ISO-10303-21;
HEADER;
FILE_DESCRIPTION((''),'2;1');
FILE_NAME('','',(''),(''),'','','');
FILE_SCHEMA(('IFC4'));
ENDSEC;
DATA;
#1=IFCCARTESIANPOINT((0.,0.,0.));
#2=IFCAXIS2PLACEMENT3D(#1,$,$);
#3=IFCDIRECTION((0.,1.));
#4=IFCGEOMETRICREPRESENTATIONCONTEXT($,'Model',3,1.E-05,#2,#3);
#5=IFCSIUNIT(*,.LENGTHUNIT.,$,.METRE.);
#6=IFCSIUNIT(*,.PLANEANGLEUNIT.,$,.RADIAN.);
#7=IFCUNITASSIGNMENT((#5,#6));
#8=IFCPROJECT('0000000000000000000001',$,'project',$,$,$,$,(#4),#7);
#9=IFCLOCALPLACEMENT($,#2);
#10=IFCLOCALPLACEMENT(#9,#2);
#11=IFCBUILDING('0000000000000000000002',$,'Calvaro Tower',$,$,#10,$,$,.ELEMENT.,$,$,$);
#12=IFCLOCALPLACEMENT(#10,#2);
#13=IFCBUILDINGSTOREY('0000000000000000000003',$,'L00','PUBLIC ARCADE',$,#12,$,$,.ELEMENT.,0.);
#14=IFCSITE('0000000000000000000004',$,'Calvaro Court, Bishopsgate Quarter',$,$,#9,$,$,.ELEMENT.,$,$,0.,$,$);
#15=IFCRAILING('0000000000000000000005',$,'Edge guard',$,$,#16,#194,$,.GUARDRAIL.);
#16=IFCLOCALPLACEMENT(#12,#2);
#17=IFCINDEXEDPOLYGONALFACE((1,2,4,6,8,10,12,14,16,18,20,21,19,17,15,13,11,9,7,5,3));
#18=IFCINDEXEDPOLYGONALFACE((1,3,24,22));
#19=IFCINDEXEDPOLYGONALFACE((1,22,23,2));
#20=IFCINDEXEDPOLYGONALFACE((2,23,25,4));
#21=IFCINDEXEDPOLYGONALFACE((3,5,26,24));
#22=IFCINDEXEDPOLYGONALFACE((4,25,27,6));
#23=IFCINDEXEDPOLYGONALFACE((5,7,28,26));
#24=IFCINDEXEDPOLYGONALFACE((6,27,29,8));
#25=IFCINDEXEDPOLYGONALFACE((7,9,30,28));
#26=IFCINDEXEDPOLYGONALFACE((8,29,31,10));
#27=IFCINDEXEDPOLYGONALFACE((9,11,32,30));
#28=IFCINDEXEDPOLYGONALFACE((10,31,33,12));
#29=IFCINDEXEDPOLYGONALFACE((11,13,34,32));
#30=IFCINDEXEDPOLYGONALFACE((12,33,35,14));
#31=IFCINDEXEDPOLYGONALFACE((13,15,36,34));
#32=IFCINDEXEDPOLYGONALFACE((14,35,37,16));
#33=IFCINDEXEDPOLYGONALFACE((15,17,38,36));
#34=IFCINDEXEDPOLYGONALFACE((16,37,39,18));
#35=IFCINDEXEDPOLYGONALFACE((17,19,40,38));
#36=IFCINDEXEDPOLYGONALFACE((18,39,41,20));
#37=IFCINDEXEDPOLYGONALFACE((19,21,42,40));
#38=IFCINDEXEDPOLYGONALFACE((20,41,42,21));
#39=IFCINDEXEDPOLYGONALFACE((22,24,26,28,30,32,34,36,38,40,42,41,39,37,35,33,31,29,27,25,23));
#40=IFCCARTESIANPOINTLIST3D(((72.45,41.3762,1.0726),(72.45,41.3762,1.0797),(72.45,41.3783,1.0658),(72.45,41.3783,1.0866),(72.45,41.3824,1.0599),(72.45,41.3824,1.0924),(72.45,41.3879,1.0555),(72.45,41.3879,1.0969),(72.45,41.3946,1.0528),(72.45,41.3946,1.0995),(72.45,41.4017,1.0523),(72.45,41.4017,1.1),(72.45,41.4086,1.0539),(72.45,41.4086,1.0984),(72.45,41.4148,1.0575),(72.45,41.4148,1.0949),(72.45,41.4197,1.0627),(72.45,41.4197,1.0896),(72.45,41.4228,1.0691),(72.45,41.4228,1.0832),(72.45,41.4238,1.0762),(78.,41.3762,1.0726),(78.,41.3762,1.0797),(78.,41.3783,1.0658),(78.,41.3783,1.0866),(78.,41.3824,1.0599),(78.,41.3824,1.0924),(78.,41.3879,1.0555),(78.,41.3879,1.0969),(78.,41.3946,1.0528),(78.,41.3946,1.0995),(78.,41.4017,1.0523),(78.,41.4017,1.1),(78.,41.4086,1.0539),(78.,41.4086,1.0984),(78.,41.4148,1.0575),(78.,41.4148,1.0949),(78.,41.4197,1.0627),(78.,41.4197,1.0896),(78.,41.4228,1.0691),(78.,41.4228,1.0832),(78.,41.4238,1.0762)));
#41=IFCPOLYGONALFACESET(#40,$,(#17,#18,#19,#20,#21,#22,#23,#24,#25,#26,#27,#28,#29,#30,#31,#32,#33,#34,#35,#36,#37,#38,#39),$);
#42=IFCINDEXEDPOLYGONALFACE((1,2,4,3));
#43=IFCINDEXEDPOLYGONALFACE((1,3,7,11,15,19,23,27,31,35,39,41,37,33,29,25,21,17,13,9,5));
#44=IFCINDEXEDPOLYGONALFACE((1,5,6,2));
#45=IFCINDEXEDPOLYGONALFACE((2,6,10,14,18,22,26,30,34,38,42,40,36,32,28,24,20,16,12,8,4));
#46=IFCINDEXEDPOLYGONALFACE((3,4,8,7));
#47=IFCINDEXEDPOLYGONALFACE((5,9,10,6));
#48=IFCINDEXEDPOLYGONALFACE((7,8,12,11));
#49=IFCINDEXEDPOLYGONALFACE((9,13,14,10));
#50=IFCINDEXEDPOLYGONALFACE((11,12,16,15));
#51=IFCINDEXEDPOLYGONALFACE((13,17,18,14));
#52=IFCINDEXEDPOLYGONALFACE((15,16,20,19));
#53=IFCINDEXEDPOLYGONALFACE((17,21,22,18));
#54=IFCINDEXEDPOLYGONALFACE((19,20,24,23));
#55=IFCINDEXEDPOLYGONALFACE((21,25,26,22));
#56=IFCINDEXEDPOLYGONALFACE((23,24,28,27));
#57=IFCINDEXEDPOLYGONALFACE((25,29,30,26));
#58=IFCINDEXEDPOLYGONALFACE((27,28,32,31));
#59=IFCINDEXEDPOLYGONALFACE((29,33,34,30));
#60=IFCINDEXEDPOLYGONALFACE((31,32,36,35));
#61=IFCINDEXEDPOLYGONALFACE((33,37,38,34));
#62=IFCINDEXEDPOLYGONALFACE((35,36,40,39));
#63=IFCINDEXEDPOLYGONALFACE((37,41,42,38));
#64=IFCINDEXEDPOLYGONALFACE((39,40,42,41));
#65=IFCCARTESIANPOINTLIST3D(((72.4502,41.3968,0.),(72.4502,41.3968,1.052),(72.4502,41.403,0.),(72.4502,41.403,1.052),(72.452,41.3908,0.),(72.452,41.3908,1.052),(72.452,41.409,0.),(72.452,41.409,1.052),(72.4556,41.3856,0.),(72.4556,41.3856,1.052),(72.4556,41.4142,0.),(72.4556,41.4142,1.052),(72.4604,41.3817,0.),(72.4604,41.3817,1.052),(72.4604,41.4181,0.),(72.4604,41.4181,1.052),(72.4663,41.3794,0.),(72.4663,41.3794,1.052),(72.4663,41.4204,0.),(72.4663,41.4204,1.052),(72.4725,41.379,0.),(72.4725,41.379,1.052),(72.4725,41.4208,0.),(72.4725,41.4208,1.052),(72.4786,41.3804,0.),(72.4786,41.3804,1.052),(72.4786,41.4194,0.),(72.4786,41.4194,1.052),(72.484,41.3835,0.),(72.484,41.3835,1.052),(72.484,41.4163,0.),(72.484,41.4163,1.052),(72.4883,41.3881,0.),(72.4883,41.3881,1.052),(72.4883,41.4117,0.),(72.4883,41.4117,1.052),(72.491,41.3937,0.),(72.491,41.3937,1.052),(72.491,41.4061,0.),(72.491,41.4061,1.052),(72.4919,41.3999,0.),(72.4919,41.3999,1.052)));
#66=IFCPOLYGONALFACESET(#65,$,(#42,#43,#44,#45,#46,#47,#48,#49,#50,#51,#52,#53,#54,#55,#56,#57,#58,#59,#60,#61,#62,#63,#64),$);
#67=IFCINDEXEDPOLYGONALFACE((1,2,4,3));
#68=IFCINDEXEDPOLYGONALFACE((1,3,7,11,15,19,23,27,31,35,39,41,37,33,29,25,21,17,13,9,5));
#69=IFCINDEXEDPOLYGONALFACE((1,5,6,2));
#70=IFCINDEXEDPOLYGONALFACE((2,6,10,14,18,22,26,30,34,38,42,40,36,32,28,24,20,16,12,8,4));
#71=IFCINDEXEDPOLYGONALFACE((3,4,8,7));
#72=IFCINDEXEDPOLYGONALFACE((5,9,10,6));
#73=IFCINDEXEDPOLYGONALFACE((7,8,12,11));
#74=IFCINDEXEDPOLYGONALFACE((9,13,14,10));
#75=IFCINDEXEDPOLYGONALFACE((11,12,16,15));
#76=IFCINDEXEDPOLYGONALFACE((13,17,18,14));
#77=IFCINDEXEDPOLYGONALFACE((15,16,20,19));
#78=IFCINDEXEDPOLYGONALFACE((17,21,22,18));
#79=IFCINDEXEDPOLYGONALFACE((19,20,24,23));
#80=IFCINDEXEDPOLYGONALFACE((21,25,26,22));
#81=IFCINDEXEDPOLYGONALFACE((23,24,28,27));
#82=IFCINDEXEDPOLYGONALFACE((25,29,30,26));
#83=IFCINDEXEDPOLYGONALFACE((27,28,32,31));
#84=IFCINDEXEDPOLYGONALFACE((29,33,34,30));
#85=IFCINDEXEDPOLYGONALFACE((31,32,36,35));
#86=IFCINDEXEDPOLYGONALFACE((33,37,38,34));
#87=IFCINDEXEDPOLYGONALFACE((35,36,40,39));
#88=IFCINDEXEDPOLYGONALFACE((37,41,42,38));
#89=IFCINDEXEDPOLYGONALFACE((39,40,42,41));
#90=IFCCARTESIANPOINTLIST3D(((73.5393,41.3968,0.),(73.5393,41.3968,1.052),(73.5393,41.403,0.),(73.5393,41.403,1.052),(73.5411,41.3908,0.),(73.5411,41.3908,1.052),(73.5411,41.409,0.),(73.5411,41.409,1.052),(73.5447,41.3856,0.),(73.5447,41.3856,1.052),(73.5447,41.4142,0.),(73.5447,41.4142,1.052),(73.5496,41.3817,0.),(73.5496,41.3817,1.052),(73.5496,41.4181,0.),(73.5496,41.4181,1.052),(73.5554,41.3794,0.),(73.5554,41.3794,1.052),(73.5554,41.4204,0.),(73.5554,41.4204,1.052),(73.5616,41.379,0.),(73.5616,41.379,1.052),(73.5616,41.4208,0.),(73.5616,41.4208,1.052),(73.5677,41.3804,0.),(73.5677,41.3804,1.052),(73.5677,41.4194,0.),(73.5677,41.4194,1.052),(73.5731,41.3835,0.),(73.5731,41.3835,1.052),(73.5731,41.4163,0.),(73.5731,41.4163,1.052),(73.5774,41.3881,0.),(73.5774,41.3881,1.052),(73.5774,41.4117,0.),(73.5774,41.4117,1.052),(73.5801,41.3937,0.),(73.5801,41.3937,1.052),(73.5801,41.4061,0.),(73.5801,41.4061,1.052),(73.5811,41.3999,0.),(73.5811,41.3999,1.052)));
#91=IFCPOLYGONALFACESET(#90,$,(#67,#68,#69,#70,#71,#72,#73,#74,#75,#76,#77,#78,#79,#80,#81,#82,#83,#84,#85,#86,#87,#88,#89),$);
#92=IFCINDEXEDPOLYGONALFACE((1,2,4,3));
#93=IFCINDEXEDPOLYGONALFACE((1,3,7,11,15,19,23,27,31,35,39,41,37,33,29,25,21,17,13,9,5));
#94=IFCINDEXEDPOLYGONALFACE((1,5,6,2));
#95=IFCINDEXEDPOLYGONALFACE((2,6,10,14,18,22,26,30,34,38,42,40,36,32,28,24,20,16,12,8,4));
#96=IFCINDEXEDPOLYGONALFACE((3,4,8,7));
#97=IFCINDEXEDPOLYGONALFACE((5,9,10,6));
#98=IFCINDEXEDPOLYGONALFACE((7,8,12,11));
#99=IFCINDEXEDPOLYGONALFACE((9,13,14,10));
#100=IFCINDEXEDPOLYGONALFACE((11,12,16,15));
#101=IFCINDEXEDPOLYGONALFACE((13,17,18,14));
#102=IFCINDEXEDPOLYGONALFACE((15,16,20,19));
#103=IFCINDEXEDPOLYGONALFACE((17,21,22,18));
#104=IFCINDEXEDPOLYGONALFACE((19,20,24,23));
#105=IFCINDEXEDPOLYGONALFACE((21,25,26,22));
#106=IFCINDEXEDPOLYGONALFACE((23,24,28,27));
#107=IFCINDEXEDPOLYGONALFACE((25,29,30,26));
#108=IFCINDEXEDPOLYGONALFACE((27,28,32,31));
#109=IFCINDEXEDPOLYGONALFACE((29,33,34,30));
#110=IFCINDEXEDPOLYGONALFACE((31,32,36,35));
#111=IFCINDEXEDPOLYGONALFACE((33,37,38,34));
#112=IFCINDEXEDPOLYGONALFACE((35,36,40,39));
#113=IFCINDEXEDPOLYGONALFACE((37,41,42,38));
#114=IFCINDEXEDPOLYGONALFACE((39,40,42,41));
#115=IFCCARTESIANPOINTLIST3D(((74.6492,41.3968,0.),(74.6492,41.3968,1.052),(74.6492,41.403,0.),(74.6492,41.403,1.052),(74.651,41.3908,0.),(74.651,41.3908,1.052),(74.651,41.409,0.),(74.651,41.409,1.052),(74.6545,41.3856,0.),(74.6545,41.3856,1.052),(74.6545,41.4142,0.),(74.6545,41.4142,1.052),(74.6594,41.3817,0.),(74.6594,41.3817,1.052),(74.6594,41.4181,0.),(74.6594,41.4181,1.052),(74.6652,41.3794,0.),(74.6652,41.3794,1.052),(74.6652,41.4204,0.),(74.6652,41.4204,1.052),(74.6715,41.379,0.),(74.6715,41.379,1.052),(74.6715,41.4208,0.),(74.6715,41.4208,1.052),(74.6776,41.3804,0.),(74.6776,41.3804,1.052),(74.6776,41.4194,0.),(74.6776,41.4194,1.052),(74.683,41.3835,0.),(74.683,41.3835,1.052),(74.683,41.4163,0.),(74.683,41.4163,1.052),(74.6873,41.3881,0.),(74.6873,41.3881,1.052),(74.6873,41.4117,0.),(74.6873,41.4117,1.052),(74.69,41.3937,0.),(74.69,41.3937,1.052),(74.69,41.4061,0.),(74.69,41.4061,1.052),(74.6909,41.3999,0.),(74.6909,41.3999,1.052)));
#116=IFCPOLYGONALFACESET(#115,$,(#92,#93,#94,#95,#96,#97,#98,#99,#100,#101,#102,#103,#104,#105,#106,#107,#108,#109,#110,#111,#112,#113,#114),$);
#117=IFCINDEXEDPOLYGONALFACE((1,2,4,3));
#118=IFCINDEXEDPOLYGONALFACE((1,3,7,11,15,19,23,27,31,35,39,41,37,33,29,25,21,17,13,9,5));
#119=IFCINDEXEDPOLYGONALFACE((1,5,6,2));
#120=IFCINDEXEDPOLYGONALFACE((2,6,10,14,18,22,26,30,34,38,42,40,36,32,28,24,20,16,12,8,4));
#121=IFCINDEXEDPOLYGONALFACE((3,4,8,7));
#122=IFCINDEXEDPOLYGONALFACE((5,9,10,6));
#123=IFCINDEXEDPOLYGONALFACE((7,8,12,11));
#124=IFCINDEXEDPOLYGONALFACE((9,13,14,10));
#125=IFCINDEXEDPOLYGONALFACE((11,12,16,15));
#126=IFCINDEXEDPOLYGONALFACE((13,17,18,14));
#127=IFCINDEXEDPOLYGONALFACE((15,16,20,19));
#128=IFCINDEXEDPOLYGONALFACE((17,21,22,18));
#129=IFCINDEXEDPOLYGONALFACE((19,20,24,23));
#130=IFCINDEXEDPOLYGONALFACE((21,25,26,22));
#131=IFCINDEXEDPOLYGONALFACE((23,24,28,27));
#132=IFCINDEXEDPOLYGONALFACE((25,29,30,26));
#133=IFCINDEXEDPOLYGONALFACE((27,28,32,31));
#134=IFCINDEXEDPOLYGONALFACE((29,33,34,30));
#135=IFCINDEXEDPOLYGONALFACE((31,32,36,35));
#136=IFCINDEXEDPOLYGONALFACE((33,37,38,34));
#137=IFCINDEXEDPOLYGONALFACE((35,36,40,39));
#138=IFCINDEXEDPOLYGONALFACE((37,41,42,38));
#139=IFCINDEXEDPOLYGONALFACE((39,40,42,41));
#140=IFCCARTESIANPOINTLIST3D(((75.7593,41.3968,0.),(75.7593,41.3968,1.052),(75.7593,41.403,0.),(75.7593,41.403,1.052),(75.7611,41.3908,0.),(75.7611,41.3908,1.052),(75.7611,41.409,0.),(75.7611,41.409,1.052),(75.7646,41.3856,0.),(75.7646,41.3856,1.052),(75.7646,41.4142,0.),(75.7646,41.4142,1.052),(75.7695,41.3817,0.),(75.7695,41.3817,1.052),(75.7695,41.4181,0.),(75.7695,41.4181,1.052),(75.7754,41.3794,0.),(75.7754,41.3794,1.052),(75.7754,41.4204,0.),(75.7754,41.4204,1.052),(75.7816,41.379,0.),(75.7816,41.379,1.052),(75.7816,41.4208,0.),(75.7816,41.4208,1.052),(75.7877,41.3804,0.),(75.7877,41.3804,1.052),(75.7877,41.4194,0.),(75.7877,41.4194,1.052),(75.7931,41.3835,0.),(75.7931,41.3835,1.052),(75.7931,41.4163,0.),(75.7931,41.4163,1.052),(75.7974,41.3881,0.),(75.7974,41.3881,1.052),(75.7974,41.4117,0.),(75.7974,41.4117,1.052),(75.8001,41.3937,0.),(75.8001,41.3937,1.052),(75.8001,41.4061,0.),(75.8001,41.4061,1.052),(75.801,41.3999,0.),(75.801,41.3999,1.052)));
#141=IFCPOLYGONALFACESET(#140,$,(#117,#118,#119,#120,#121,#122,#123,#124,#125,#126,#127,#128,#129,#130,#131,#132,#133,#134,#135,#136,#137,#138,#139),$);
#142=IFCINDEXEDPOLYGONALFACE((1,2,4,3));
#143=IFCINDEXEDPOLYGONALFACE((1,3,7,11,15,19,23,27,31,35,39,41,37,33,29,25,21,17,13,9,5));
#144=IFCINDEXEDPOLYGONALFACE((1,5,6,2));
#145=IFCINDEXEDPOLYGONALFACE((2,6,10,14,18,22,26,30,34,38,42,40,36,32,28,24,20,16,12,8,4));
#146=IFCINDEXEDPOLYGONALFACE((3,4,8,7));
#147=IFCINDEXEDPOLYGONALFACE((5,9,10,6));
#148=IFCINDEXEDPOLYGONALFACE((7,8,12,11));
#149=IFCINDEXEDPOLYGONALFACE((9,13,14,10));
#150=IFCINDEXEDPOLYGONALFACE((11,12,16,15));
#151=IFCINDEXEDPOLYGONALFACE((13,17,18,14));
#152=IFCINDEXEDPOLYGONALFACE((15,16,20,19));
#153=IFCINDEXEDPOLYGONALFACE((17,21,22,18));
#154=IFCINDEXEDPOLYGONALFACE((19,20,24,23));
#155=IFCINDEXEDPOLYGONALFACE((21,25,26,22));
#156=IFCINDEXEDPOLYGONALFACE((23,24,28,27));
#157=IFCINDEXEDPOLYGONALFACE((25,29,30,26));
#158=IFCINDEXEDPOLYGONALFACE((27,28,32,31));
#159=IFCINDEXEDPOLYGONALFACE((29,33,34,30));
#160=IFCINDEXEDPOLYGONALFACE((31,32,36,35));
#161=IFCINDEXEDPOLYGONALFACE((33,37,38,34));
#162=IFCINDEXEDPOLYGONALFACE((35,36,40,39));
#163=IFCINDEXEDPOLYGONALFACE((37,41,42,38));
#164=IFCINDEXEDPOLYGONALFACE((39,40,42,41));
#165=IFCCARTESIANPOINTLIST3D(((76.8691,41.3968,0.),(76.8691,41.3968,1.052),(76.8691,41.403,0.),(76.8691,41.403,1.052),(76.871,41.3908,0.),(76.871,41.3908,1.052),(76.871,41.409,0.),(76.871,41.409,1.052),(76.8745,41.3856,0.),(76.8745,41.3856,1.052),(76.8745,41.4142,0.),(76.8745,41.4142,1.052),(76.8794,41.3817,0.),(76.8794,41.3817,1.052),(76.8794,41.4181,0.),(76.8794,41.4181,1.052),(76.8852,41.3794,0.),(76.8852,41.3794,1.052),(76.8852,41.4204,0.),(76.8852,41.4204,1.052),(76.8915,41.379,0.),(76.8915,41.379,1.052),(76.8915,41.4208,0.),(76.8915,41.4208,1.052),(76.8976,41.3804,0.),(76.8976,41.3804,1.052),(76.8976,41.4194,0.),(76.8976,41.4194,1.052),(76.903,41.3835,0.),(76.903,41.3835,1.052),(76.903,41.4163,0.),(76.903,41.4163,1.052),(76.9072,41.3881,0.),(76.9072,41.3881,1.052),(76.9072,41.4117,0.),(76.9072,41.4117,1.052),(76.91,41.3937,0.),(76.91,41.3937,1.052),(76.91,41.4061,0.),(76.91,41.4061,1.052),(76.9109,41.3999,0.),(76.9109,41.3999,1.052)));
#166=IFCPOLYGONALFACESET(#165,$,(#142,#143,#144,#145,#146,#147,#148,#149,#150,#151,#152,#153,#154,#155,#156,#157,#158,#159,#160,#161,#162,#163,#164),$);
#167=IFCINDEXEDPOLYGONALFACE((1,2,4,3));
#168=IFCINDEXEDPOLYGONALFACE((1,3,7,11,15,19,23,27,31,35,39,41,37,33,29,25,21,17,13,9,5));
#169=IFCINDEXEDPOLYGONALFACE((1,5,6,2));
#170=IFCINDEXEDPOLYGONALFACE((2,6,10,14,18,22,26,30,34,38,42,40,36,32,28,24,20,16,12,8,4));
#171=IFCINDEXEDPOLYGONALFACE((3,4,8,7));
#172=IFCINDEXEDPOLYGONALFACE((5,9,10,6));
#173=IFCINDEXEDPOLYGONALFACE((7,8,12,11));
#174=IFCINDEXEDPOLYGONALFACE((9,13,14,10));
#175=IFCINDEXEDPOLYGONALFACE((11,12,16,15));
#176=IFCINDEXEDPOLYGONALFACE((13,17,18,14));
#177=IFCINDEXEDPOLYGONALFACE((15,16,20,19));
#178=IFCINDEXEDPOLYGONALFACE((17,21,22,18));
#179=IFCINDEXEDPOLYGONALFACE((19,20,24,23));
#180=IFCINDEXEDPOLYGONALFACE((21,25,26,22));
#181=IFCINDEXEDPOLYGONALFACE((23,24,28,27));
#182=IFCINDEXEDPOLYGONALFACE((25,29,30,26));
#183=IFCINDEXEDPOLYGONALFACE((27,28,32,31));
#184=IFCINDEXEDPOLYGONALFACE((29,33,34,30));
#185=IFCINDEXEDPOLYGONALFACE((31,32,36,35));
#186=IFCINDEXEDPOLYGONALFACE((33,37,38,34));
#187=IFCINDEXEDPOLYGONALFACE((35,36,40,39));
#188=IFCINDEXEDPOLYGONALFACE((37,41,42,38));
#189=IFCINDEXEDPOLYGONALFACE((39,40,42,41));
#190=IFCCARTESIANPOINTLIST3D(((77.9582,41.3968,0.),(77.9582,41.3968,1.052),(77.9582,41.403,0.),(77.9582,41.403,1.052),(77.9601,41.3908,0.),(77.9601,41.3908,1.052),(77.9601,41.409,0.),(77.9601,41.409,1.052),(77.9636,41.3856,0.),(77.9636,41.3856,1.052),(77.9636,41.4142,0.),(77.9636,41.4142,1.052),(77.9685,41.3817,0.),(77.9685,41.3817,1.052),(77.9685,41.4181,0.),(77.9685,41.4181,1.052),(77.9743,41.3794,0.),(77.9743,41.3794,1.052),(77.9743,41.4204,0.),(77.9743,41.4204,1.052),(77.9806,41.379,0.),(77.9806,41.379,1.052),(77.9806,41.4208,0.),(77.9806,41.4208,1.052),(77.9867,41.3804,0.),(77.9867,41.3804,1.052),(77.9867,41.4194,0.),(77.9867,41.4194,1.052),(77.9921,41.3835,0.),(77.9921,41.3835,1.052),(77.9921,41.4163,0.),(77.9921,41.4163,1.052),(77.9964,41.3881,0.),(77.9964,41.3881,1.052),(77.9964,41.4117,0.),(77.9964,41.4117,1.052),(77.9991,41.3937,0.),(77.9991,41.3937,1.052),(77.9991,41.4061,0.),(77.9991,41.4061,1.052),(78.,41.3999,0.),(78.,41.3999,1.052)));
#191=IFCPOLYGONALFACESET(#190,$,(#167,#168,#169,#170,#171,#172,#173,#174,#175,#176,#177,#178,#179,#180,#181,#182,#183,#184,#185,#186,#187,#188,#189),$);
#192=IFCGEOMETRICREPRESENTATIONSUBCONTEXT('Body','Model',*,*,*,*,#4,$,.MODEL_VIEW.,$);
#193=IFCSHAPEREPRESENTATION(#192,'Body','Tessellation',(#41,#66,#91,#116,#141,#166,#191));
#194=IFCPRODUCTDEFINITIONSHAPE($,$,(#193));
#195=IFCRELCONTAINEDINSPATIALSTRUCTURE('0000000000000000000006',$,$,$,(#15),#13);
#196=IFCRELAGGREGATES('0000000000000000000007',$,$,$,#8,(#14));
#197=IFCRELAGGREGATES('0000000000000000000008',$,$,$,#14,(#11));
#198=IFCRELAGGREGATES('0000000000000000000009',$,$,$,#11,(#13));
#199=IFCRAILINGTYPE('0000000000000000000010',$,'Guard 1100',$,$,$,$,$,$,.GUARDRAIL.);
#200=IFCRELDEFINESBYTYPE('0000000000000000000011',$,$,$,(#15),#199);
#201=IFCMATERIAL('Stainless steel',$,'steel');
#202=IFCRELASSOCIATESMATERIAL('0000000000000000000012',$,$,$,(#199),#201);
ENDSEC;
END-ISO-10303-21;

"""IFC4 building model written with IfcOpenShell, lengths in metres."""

from ifc_helpers import new_model, si_unit, direction, frame, origin, origin_2d, place, context, subcontext, project, spatial, circle, extrude, material, type_object, element, save


model = new_model("IFC4")

# Units and contexts
model_context = context("Model", 3, precision=1e-05, world=origin(), true_north=direction((0.0, 1.0)))
body_context = subcontext(model_context, "Body", "Model", "MODEL_VIEW")
ifc_project = project(units=[si_unit("LENGTHUNIT", "METRE"), si_unit("PLANEANGLEUNIT", "RADIAN")], contexts=[model_context])

# Site, building, storey
site_placement = place(None, origin())
site = spatial("IfcSite", under=ifc_project, at=site_placement, Name="Calvaro Court, Bishopsgate Quarter", CompositionType="ELEMENT", RefElevation=0.0)
building_placement = place(site_placement, origin())
building = spatial("IfcBuilding", under=site, at=building_placement, Name="Calvaro Tower", CompositionType="ELEMENT")
storey_placement = place(building_placement, origin())
storey = spatial("IfcBuildingStorey", under=building, at=storey_placement, Name="L00", Description="PUBLIC ARCADE", CompositionType="ELEMENT", Elevation=0.0)

# Railing
ifc_material_1 = material(Name="Stainless steel", Category="steel")
railing_type_1 = type_object("IfcRailingType", Name="Guard 1100", PredefinedType="GUARDRAIL", material=ifc_material_1)
railing_1_placement = place(storey_placement, frame((72.45, 41.3999, 0.0)))
element("IfcRailing", 1, at=railing_1_placement, inside=storey, type_object=railing_type_1, Name="Edge guard", PredefinedType="GUARDRAIL", context=body_context, shape_type="SweptSolid", body=[
    extrude(circle(Radius=0.0239, at=origin_2d()), frame((0.0, 0.0, 1.0762), z_axis=(1.0, 0.0, 0.0), x_axis=(0.0, 1.0, 0.0)), (0.0, 0.0, 1.0), 5.55),
    extrude(circle(Radius=0.021, at=origin_2d()), frame((0.021, 0.0, 0.0)), (0.0, 0.0, 1.0), 1.052),
    extrude(circle(Radius=0.021, at=origin_2d()), frame((1.1101, 0.0, 0.0)), (0.0, 0.0, 1.0), 1.052),
    extrude(circle(Radius=0.021, at=origin_2d()), frame((2.22, 0.0, 0.0)), (0.0, 0.0, 1.0), 1.052),
    extrude(circle(Radius=0.021, at=origin_2d()), frame((3.3301, 0.0, 0.0)), (0.0, 0.0, 1.0), 1.052),
    extrude(circle(Radius=0.021, at=origin_2d()), frame((4.4399, 0.0, 0.0)), (0.0, 0.0, 1.0), 1.052),
    extrude(circle(Radius=0.021, at=origin_2d()), frame((5.5291, 0.0, 0.0)), (0.0, 0.0, 1.0), 1.052),
])

save(model, "model.ifc")
